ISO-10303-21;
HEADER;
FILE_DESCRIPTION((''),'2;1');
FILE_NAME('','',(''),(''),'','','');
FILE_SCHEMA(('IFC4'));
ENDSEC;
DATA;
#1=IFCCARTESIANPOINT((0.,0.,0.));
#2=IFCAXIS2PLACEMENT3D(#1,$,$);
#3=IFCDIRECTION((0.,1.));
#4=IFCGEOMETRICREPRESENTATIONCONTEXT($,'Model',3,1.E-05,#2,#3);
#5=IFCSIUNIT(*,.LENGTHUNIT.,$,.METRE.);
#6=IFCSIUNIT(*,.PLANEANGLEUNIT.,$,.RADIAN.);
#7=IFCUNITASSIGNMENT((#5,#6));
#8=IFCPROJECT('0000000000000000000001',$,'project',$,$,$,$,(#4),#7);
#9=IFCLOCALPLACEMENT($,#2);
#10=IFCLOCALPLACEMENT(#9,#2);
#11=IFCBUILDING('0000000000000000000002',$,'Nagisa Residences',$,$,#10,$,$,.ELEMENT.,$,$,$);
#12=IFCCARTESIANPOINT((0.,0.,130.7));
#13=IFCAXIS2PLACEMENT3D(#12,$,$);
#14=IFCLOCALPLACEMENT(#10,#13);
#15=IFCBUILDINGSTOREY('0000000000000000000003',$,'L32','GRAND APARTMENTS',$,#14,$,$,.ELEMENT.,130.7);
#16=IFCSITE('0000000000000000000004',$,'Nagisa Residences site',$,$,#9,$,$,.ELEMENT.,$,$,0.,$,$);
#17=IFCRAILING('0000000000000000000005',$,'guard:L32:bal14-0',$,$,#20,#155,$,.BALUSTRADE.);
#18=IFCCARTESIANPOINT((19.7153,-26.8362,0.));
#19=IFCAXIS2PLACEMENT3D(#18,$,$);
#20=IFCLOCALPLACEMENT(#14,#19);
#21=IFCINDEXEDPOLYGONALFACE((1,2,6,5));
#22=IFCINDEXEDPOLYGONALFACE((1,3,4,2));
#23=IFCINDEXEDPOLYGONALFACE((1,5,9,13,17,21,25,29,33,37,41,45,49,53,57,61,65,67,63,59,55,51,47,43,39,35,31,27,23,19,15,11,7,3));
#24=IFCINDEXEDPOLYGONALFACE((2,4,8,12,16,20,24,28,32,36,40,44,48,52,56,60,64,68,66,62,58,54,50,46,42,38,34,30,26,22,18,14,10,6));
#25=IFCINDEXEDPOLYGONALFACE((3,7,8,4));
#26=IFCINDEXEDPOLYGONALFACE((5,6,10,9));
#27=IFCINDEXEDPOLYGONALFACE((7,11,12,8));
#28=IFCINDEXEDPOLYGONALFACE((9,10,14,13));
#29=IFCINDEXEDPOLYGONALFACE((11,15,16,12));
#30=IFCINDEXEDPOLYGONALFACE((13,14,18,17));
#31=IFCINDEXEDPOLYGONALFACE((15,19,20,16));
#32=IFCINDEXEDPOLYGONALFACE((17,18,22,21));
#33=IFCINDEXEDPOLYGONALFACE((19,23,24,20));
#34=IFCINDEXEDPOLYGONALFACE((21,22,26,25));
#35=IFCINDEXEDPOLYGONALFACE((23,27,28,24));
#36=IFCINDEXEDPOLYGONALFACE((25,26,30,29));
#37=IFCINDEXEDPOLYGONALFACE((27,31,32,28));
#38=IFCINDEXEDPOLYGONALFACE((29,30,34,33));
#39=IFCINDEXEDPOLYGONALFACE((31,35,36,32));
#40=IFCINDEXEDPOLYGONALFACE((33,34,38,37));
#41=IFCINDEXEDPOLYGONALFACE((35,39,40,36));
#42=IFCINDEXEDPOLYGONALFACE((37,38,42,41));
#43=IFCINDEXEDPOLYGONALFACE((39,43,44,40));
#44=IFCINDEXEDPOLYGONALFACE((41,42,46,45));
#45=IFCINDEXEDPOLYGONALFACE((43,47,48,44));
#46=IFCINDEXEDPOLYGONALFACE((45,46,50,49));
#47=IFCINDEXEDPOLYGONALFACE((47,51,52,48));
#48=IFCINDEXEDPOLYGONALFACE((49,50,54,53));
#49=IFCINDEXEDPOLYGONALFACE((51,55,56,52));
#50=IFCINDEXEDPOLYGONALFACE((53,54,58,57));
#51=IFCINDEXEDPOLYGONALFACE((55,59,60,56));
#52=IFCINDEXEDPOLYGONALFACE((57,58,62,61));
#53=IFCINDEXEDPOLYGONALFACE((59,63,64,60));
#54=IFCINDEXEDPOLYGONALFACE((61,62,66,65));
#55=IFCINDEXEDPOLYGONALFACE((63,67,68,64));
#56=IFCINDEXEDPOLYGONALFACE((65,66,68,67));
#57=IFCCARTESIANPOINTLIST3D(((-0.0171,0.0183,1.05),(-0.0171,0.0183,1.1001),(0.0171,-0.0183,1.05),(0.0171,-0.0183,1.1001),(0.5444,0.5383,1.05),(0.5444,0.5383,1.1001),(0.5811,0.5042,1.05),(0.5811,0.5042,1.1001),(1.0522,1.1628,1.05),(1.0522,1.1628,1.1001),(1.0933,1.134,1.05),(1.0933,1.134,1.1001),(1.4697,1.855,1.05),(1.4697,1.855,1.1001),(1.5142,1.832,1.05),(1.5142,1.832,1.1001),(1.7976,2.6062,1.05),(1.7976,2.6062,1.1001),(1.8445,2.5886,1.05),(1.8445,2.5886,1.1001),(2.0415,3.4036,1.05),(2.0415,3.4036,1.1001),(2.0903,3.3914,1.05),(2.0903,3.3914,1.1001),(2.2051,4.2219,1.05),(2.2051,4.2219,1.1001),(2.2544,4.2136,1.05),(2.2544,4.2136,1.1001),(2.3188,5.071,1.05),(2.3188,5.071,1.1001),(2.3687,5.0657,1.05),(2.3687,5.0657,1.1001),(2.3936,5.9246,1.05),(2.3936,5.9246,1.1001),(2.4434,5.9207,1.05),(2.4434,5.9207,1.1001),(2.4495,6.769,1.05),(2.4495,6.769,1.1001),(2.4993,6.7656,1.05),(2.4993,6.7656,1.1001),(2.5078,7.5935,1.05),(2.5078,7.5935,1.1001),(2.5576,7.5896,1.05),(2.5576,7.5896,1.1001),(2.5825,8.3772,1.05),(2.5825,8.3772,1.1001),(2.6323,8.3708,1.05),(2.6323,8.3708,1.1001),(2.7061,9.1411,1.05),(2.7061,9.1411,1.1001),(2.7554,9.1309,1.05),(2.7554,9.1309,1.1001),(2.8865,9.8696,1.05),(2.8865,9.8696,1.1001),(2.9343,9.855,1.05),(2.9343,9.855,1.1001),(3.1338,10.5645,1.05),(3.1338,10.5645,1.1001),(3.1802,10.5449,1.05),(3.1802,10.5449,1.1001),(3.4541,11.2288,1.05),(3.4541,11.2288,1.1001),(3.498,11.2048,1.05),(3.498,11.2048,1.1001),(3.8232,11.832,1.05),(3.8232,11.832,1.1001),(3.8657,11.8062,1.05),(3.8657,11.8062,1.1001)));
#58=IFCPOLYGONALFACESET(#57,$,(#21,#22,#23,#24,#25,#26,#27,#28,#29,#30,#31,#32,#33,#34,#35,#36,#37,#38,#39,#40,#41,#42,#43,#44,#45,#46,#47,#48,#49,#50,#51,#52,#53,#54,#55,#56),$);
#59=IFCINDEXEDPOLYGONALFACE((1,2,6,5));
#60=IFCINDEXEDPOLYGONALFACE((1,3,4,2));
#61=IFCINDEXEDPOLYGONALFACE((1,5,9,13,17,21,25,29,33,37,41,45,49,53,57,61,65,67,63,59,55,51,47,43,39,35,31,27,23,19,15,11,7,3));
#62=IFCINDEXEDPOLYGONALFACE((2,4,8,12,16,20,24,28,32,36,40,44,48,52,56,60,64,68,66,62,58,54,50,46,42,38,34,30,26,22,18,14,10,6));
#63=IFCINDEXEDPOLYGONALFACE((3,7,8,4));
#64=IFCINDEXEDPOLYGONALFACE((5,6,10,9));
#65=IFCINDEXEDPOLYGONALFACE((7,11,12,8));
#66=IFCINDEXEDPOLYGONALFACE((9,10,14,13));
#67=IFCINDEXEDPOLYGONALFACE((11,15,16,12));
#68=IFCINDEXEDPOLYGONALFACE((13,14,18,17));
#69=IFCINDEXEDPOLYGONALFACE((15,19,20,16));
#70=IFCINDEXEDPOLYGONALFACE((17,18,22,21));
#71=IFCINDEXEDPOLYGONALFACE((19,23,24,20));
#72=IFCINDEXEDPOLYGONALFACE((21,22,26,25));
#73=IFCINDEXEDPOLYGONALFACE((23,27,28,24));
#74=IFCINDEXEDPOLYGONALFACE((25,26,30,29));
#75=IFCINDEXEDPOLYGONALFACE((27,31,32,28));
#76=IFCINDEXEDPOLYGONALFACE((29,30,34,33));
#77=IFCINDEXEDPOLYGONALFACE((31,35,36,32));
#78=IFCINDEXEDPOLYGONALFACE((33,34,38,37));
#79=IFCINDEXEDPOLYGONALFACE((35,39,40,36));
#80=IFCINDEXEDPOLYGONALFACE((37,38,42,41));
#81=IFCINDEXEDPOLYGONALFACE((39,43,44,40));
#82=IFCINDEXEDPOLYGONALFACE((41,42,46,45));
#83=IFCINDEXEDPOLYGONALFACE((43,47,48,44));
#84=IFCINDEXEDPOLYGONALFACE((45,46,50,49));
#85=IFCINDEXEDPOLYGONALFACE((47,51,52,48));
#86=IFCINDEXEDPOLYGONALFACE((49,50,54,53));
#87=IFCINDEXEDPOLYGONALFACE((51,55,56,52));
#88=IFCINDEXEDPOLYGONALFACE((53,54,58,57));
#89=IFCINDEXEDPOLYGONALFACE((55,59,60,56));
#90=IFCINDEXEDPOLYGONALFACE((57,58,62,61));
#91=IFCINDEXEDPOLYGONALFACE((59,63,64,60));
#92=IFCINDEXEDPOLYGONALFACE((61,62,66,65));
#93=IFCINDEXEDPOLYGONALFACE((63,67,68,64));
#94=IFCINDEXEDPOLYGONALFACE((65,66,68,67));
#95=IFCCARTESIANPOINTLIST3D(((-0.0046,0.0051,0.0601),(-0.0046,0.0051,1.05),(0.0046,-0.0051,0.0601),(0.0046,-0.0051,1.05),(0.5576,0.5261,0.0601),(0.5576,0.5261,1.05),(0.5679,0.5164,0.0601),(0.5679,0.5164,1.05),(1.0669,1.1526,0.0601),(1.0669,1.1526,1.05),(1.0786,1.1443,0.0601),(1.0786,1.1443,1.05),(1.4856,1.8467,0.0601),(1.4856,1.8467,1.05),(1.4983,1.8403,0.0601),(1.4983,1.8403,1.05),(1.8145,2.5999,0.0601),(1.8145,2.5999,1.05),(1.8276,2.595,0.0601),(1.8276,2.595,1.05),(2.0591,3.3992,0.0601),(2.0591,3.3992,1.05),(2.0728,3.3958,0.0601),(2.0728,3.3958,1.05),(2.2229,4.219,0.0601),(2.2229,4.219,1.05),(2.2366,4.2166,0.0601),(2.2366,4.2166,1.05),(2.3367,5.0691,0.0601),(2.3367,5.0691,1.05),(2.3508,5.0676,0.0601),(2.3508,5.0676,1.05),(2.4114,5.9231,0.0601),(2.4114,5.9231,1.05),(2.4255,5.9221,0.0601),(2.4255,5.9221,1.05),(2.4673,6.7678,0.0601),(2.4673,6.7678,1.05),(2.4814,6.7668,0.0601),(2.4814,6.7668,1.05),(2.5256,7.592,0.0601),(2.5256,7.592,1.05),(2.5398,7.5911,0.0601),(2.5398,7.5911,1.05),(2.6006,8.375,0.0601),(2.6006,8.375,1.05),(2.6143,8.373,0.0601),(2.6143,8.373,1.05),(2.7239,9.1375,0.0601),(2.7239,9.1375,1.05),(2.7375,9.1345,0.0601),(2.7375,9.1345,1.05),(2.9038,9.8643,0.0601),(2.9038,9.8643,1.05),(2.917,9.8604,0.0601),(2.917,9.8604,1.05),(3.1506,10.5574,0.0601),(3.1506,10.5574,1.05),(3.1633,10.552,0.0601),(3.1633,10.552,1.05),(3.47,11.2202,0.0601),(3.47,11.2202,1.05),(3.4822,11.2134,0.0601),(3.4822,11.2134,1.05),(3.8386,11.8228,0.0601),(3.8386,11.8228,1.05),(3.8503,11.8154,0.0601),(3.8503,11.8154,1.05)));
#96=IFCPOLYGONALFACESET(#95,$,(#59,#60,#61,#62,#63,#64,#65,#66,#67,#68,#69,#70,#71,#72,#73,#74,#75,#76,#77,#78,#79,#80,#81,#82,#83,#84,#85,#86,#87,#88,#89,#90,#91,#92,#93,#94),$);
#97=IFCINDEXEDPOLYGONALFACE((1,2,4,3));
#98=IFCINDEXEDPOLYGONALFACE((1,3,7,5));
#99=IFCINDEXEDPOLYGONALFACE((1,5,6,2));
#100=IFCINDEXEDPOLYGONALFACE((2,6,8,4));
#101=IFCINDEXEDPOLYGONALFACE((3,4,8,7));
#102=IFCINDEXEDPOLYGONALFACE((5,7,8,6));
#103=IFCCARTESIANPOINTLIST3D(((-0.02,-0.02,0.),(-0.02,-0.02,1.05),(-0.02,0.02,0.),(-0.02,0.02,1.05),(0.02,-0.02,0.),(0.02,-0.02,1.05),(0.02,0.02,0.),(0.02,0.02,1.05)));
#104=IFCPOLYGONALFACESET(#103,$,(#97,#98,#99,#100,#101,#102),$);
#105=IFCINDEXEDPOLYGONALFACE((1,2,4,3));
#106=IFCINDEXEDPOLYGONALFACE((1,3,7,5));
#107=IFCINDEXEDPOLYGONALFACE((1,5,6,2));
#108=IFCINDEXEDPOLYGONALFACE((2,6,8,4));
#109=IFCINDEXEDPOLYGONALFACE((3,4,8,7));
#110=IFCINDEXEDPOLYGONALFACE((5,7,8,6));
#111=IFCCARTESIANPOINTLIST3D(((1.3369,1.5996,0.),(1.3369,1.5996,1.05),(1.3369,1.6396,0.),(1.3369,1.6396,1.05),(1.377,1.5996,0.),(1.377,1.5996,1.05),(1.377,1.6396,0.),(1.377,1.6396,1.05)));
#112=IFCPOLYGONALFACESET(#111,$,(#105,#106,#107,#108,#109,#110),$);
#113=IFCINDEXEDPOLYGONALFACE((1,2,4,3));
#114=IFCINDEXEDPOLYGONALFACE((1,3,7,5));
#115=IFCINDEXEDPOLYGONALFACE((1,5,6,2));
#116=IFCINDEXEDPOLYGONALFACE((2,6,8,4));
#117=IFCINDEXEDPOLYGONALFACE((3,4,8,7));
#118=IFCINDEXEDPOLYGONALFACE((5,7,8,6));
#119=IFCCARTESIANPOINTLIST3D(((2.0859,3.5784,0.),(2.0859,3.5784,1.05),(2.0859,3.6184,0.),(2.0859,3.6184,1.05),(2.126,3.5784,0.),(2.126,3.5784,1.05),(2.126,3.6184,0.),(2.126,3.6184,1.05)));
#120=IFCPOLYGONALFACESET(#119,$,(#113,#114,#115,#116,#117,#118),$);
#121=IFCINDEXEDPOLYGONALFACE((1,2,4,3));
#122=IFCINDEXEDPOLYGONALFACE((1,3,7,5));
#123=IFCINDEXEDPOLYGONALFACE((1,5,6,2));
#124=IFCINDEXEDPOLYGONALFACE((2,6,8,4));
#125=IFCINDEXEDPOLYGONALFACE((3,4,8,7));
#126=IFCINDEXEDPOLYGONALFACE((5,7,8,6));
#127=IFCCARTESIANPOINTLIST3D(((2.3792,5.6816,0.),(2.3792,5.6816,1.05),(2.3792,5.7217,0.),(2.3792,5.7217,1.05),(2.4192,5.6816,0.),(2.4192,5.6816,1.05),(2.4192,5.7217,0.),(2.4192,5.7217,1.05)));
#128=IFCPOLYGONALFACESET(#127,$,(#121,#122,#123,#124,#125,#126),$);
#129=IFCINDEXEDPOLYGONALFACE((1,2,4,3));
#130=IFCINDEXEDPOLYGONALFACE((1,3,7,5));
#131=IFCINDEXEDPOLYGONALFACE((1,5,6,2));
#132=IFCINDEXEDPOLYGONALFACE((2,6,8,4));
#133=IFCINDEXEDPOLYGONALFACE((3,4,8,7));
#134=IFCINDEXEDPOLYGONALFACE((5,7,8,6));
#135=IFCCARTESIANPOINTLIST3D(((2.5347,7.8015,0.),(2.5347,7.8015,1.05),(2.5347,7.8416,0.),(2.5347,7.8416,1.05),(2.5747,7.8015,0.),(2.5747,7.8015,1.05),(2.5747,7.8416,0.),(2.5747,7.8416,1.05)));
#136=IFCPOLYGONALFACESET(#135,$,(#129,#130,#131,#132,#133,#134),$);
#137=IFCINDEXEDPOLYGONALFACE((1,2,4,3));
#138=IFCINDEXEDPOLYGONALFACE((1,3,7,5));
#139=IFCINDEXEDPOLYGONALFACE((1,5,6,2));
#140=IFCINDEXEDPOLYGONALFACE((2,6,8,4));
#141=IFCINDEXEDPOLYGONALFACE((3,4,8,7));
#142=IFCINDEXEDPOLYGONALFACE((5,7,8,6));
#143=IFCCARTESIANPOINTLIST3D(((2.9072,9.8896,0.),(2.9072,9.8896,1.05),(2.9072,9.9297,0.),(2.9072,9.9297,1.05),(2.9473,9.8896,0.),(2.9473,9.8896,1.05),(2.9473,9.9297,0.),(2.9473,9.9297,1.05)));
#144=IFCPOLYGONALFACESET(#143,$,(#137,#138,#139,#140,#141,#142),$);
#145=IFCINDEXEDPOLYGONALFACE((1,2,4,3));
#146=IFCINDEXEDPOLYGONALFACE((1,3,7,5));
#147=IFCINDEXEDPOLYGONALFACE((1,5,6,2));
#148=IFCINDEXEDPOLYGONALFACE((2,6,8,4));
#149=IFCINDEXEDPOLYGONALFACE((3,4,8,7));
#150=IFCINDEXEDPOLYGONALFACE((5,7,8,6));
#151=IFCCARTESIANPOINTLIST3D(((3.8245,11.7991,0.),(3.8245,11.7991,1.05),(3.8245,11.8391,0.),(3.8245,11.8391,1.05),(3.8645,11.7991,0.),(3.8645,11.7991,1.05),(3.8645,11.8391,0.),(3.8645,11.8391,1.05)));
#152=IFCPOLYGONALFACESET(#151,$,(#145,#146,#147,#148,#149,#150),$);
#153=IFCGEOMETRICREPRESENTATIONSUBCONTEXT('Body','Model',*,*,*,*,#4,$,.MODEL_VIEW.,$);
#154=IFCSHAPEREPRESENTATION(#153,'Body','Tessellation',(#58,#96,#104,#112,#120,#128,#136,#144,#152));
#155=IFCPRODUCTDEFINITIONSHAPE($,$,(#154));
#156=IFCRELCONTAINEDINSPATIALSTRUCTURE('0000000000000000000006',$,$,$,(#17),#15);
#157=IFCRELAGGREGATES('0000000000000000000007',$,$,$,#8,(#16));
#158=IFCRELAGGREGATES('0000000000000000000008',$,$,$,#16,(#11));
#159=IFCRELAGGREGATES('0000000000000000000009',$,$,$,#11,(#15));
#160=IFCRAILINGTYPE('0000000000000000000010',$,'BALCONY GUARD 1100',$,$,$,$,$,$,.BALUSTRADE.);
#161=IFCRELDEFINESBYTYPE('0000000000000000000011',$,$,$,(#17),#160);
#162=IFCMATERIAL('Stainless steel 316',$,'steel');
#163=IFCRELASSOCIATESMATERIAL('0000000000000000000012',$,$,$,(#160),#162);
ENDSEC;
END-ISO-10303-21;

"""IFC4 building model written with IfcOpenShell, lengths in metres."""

from ifc_helpers import new_model, si_unit, direction, frame, origin, origin_2d, place, context, subcontext, project, spatial, polyline, rectangle, outline, extrude, material, type_object, element, save


model = new_model("IFC4")

# Units and contexts
model_context = context("Model", 3, precision=1e-05, world=origin(), true_north=direction((0.0, 1.0)))
body_context = subcontext(model_context, "Body", "Model", "MODEL_VIEW")
ifc_project = project(units=[si_unit("LENGTHUNIT", "METRE"), si_unit("PLANEANGLEUNIT", "RADIAN")], contexts=[model_context])

# Site, building, storey
site_placement = place(None, origin())
site = spatial("IfcSite", under=ifc_project, at=site_placement, Name="Nagisa Residences site", CompositionType="ELEMENT", RefElevation=0.0)
building_placement = place(site_placement, origin())
building = spatial("IfcBuilding", under=site, at=building_placement, Name="Nagisa Residences", CompositionType="ELEMENT")
storey_placement = place(building_placement, frame((0.0, 0.0, 130.7)))
storey = spatial("IfcBuildingStorey", under=building, at=storey_placement, Name="L32", Description="GRAND APARTMENTS", CompositionType="ELEMENT", Elevation=130.7)

# Railing
ifc_material_1 = material(Name="Stainless steel 316", Category="steel")
railing_type = type_object("IfcRailingType", Name="BALCONY GUARD 1100", PredefinedType="BALUSTRADE", material=ifc_material_1)
railing_1_placement = place(storey_placement, frame((19.7153, -26.8362, 0.0)))
element("IfcRailing", 1, at=railing_1_placement, inside=storey, type_object=railing_type, Name="guard:L32:bal14-0", PredefinedType="BALUSTRADE", context=body_context, shape_type="SweptSolid", body=[
    extrude(outline(polyline([(0.5444, 0.5383), (-0.0171, 0.0183), (0.0171, -0.0183), (0.5811, 0.5042), (1.0933, 1.134), (1.5142, 1.832), (1.8445, 2.5886), (2.0903, 3.3914), (2.2544, 4.2136), (2.3687, 5.0657), (2.4434, 5.9207), (2.4993, 6.7656), (2.5576, 7.5896), (2.6323, 8.3708), (2.7554, 9.1309), (2.9343, 9.855), (3.1802, 10.5449), (3.498, 11.2048), (3.8657, 11.8062), (3.8232, 11.832), (3.4541, 11.2288), (3.1338, 10.5645), (2.8865, 9.8696), (2.7061, 9.1411), (2.5825, 8.3772), (2.5078, 7.5935), (2.4495, 6.769), (2.3936, 5.9246), (2.3188, 5.071), (2.2051, 4.2219), (2.0415, 3.4036), (1.7976, 2.6062), (1.4697, 1.855), (1.0522, 1.1628), (0.5444, 0.5383)])), frame((0.0, 0.0, 1.05)), (0.0, 0.0, 1.0), 0.05),
    extrude(outline(polyline([(0.5576, 0.5261), (-0.0046, 0.0051), (0.0046, -0.0051), (0.5679, 0.5164), (1.0786, 1.1443), (1.4983, 1.8403), (1.8276, 2.595), (2.0728, 3.3958), (2.2366, 4.2166), (2.3508, 5.0676), (2.4255, 5.9221), (2.4814, 6.7668), (2.5398, 7.5911), (2.6143, 8.373), (2.7375, 9.1345), (2.917, 9.8604), (3.1633, 10.552), (3.4822, 11.2134), (3.8503, 11.8154), (3.8386, 11.8228), (3.47, 11.2202), (3.1506, 10.5574), (2.9038, 9.8643), (2.7239, 9.1375), (2.6006, 8.375), (2.5256, 7.592), (2.4673, 6.7678), (2.4114, 5.9231), (2.3367, 5.0691), (2.2229, 4.219), (2.0591, 3.3992), (1.8145, 2.5999), (1.4856, 1.8467), (1.0669, 1.1526), (0.5576, 0.5261)])), frame((0.0, 0.0, 0.0601)), (0.0, 0.0, 1.0), 0.99),
    extrude(rectangle(XDim=0.04, YDim=0.04, at=origin_2d()), origin(), (0.0, 0.0, 1.0), 1.05),
    extrude(rectangle(XDim=0.04, YDim=0.04, at=origin_2d()), frame((1.3569, 1.6196, 0.0)), (0.0, 0.0, 1.0), 1.05),
    extrude(rectangle(XDim=0.04, YDim=0.04, at=origin_2d()), frame((2.106, 3.5984, 0.0)), (0.0, 0.0, 1.0), 1.05),
    extrude(rectangle(XDim=0.04, YDim=0.04, at=origin_2d()), frame((2.3992, 5.7017, 0.0)), (0.0, 0.0, 1.0), 1.05),
    extrude(rectangle(XDim=0.04, YDim=0.04, at=origin_2d()), frame((2.5547, 7.8215, 0.0)), (0.0, 0.0, 1.0), 1.05),
    extrude(rectangle(XDim=0.04, YDim=0.04, at=origin_2d()), frame((2.9272, 9.9097, 0.0)), (0.0, 0.0, 1.0), 1.05),
    extrude(rectangle(XDim=0.04, YDim=0.04, at=origin_2d()), frame((3.8445, 11.8191, 0.0)), (0.0, 0.0, 1.0), 1.05),
])

save(model, "model.ifc")
